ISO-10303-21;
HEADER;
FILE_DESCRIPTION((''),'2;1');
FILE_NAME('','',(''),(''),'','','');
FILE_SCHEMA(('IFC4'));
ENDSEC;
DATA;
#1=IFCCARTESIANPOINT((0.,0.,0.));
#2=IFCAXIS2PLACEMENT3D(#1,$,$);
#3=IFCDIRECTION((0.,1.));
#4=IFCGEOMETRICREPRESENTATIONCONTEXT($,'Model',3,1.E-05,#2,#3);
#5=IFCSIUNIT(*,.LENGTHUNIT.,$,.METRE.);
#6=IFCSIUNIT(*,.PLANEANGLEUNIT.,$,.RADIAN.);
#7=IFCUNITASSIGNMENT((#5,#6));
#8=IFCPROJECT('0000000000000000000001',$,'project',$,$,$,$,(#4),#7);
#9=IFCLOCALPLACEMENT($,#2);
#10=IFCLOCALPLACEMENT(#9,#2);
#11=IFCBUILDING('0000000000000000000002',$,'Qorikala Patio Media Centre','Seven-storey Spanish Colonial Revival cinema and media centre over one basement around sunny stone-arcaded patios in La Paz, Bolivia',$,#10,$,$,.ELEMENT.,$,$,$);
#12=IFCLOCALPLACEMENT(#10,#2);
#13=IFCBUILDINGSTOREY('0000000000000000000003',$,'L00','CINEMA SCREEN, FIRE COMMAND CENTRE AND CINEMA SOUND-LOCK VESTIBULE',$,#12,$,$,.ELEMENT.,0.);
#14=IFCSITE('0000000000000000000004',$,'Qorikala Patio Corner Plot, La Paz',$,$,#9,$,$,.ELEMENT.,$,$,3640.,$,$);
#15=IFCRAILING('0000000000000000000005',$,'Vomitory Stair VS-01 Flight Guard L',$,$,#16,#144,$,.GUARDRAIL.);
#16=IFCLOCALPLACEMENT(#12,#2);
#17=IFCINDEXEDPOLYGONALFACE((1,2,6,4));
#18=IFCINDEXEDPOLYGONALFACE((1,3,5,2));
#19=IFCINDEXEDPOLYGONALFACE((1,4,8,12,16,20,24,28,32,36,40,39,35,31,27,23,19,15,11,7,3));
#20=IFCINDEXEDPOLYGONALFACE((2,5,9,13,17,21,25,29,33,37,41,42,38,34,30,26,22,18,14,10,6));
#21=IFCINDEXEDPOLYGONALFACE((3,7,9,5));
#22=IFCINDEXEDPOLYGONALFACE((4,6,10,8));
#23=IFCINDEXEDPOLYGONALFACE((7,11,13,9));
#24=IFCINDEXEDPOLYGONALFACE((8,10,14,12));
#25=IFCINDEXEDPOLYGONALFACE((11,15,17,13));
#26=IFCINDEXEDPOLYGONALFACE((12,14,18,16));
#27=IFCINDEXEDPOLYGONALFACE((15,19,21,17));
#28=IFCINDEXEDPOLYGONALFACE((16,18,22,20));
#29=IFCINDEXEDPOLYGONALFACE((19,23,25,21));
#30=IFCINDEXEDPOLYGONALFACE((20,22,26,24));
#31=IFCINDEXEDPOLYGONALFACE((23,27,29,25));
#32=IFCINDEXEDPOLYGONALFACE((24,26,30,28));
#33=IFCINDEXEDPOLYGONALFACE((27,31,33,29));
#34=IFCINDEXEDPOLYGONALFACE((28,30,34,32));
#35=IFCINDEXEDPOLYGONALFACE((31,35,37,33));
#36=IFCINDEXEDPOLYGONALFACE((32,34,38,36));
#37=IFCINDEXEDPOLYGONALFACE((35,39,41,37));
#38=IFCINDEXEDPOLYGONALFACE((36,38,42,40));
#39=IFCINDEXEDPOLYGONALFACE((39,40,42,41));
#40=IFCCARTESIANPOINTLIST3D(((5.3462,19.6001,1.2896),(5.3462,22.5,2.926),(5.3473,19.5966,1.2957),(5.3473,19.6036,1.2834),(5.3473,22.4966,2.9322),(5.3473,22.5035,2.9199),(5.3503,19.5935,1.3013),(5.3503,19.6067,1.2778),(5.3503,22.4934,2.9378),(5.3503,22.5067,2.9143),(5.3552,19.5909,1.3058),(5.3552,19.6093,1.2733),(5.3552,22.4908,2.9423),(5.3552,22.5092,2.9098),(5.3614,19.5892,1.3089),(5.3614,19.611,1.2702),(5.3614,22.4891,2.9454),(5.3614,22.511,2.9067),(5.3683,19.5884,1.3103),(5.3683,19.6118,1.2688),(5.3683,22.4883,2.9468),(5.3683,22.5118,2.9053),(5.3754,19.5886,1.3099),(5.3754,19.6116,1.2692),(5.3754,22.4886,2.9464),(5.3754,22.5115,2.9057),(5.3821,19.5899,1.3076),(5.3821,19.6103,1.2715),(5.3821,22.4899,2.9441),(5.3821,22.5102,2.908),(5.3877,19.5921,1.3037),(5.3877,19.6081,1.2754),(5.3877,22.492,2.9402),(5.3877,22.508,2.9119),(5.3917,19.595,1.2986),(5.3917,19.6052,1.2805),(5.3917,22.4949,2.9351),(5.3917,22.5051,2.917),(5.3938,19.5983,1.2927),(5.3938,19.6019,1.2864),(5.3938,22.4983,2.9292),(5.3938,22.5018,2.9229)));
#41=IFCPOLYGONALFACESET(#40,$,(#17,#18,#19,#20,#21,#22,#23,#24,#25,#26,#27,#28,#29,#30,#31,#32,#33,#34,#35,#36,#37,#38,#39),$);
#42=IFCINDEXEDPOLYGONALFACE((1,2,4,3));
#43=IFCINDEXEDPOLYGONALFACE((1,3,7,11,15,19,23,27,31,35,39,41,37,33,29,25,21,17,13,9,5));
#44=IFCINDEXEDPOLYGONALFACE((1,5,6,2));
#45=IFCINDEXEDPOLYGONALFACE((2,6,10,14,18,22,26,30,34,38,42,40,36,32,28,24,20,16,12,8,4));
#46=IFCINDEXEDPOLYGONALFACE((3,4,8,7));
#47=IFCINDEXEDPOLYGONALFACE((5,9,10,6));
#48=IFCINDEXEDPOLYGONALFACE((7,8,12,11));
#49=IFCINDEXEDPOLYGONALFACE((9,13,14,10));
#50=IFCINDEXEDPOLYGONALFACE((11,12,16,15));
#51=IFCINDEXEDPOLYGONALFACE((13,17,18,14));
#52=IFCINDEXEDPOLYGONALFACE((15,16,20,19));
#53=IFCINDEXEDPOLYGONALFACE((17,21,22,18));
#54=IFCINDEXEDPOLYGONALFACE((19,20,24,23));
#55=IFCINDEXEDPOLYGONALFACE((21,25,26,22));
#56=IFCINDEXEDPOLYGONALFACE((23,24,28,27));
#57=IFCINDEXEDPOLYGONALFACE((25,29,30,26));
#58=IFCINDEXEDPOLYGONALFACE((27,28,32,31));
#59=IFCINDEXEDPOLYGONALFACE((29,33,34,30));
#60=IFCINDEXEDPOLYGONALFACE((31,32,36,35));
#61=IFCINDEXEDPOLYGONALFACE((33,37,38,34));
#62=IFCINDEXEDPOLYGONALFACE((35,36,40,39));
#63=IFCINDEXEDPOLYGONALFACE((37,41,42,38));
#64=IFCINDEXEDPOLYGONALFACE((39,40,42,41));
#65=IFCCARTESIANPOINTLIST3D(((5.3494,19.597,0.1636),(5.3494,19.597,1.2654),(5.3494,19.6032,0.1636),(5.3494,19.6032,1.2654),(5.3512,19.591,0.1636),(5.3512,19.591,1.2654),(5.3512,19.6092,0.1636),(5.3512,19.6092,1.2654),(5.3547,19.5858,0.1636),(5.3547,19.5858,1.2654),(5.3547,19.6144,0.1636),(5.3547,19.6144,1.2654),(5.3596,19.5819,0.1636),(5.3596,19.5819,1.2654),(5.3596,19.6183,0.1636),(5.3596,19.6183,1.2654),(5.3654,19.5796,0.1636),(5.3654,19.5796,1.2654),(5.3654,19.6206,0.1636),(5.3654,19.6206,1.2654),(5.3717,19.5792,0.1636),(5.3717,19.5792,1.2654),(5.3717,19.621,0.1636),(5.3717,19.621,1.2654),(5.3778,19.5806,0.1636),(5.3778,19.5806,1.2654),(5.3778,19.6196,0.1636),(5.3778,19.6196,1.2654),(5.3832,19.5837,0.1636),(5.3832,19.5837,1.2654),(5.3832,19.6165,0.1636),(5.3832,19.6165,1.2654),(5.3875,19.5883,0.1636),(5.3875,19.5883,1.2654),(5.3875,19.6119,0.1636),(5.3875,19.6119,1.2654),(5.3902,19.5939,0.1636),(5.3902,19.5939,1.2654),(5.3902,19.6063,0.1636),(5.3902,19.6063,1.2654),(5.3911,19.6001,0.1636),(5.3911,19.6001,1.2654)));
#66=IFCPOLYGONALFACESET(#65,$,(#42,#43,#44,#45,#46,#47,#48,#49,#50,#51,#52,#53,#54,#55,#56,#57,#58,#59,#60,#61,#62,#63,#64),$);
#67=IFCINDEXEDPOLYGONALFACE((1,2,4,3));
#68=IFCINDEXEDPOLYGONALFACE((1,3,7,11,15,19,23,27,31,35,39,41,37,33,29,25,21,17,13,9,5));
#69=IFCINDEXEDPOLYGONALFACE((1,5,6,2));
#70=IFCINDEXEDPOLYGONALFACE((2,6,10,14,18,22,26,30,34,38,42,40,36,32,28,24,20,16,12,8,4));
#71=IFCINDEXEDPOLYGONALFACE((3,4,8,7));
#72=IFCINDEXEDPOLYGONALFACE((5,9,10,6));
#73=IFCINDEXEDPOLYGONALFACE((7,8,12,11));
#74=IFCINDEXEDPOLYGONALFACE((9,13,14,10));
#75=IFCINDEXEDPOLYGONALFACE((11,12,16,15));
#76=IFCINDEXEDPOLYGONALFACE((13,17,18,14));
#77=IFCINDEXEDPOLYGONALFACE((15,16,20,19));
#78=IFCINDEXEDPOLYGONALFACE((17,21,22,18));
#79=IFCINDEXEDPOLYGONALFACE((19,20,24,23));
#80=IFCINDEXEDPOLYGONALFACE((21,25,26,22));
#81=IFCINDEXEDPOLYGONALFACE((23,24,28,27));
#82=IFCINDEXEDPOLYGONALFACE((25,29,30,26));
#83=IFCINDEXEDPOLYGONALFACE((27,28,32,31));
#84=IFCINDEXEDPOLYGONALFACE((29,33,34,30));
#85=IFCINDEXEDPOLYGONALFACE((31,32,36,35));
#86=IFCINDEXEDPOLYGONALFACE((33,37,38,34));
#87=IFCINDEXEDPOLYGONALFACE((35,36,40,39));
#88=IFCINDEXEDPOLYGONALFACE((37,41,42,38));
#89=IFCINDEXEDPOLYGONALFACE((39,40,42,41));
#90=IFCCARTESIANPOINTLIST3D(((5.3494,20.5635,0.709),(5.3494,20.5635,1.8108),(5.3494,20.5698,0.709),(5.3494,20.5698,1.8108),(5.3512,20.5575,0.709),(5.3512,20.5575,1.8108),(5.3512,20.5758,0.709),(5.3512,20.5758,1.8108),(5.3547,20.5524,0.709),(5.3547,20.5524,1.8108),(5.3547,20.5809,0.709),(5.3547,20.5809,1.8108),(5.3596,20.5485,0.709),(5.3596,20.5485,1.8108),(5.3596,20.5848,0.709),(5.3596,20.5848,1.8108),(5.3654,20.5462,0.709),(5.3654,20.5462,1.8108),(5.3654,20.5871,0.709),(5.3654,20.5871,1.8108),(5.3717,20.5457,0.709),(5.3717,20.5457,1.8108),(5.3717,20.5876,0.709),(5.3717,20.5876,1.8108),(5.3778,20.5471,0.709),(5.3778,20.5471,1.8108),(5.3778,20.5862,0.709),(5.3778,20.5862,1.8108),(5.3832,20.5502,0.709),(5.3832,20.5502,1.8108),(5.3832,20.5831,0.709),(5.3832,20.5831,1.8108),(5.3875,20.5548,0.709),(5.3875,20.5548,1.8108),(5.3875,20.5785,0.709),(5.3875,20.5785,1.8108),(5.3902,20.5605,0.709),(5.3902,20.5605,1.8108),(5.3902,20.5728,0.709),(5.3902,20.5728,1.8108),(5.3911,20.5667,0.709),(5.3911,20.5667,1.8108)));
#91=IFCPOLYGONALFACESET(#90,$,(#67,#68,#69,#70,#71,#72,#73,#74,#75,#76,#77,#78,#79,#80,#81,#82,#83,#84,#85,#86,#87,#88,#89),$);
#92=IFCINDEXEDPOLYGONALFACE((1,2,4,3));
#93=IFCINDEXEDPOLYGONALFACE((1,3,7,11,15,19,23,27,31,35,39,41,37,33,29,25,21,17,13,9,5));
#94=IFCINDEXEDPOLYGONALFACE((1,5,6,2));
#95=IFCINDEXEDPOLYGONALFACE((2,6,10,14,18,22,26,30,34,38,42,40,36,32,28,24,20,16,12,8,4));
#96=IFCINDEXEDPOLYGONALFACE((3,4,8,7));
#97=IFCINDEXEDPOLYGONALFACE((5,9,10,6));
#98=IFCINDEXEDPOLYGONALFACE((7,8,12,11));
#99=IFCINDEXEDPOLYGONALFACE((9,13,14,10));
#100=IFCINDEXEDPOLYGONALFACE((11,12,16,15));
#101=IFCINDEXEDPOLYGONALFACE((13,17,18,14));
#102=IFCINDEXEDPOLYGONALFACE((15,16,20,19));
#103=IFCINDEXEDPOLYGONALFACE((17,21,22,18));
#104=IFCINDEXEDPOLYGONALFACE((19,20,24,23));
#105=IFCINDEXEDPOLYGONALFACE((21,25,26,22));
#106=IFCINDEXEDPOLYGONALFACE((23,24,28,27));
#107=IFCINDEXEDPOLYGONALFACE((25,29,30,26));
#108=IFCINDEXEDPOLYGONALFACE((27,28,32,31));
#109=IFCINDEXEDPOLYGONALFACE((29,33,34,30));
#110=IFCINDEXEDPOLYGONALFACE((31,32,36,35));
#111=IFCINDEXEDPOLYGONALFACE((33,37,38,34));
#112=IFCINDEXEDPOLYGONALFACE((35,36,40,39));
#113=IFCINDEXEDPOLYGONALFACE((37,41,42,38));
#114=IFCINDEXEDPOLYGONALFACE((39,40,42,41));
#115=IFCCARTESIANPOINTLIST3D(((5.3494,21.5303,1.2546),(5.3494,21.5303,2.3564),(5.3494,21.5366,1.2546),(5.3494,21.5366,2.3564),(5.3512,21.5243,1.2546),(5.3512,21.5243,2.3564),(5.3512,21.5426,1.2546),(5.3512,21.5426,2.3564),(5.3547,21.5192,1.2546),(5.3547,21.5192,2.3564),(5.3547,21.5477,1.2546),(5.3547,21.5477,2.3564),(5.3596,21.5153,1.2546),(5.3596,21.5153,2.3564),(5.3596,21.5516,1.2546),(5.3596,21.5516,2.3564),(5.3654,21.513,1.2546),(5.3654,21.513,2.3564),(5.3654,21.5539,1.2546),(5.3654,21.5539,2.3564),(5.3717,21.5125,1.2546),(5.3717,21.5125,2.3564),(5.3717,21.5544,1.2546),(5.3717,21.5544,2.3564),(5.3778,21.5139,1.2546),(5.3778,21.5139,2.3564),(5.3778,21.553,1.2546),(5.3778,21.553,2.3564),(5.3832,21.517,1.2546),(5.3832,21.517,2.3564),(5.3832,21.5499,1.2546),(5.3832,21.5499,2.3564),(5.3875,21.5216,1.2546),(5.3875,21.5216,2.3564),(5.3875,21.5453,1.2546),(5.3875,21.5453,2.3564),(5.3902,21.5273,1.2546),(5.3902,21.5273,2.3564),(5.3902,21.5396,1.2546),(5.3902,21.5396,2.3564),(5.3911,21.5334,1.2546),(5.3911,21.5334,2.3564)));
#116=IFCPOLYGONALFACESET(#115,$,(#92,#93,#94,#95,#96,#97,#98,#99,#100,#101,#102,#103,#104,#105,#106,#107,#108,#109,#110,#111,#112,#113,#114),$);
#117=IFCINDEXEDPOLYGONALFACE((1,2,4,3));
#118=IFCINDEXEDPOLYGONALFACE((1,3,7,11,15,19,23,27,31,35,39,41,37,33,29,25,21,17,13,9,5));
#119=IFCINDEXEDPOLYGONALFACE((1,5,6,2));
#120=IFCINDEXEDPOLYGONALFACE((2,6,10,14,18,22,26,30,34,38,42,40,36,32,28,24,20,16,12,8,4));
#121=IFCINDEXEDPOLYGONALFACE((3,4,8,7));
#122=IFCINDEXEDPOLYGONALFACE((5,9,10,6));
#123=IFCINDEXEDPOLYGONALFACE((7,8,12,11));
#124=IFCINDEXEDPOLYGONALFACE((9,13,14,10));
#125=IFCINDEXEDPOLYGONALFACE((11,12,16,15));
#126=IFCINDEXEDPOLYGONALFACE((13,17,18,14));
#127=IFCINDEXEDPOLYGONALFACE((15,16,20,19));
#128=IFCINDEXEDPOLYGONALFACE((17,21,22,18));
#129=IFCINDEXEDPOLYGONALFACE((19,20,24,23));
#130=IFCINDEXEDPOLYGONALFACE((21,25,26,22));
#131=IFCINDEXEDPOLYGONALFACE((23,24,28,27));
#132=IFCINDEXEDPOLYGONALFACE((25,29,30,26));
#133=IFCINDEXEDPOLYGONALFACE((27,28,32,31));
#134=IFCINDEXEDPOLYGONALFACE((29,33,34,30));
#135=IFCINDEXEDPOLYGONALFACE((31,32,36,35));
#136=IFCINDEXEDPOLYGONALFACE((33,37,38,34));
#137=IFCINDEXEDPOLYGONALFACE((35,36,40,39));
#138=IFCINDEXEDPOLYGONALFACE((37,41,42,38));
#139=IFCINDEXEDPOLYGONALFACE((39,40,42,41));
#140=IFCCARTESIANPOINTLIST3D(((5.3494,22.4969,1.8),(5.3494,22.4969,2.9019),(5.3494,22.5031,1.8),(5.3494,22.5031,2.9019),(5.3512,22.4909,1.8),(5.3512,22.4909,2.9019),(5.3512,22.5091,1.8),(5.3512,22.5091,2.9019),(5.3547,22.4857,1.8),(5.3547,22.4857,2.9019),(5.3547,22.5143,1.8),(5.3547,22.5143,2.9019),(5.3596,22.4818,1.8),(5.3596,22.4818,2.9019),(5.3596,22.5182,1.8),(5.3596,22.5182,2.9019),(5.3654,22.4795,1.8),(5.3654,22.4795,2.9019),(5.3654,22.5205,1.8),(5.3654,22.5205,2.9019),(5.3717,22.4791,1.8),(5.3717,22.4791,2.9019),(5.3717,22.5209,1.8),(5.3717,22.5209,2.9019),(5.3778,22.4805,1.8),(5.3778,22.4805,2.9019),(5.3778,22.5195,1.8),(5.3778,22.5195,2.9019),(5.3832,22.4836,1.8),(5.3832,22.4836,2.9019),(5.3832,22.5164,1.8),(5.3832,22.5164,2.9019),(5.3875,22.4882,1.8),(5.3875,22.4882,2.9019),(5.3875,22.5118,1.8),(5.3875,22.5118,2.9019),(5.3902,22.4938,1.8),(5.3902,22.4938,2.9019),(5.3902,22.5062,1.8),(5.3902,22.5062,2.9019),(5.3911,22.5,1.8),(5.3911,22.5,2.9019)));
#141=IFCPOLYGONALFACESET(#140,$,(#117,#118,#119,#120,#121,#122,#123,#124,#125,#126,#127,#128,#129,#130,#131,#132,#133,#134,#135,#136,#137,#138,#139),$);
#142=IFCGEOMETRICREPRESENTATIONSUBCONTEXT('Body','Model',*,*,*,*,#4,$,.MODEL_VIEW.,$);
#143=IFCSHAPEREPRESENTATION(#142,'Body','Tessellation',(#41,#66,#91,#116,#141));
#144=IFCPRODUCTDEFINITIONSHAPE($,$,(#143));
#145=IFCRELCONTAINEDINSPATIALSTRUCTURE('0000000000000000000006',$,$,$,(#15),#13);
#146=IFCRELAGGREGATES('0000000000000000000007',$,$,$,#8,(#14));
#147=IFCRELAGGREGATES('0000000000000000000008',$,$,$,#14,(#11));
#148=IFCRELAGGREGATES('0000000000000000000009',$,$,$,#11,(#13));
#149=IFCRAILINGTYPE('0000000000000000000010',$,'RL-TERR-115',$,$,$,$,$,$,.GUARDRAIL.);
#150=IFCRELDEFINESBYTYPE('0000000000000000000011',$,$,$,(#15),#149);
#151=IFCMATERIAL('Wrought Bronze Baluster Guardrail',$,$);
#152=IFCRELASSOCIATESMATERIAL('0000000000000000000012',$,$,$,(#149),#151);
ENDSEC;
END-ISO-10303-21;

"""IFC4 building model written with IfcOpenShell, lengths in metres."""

from ifc_helpers import new_model, si_unit, direction, frame, origin, origin_2d, place, context, subcontext, project, spatial, circle, extrude, material, type_object, element, save


model = new_model("IFC4")

# Units and contexts
model_context = context("Model", 3, precision=1e-05, world=origin(), true_north=direction((0.0, 1.0)))
body_context = subcontext(model_context, "Body", "Model", "MODEL_VIEW")
ifc_project = project(units=[si_unit("LENGTHUNIT", "METRE"), si_unit("PLANEANGLEUNIT", "RADIAN")], contexts=[model_context])

# Site, building, storey
site_placement = place(None, origin())
site = spatial("IfcSite", under=ifc_project, at=site_placement, Name="Qorikala Patio Corner Plot, La Paz", CompositionType="ELEMENT", RefElevation=3640.0)
building_placement = place(site_placement, origin())
building = spatial("IfcBuilding", under=site, at=building_placement, Name="Qorikala Patio Media Centre", Description="Seven-storey Spanish Colonial Revival cinema and media centre over one basement around sunny stone-arcaded patios in La Paz, Bolivia", CompositionType="ELEMENT")
storey_placement = place(building_placement, origin())
storey = spatial("IfcBuildingStorey", under=building, at=storey_placement, Name="L00", Description="CINEMA SCREEN, FIRE COMMAND CENTRE AND CINEMA SOUND-LOCK VESTIBULE", CompositionType="ELEMENT", Elevation=0.0)

# Railing
ifc_material_1 = material(Name="Wrought Bronze Baluster Guardrail")
railing_type = type_object("IfcRailingType", Name="RL-TERR-115", PredefinedType="GUARDRAIL", material=ifc_material_1)
railing_1_placement = place(storey_placement, frame((5.3701, 19.6001, 0.1636)))
element("IfcRailing", 1, at=railing_1_placement, inside=storey, type_object=railing_type, Name="Vomitory Stair VS-01 Flight Guard L", PredefinedType="GUARDRAIL", context=body_context, shape_type="SweptSolid", body=[
    extrude(circle(Radius=0.0239, at=origin_2d()), frame((0.0, 0.0, 1.126), z_axis=(0.0, 0.870897, 0.491465), x_axis=(-1.0, 0.0, 0.0)), (0.0, 0.0, 1.0), 3.3298),
    extrude(circle(Radius=0.021, at=origin_2d()), origin(), (0.0, 0.0, 1.0), 1.1018),
    extrude(circle(Radius=0.021, at=origin_2d()), frame((0.0, 0.9666, 0.5454)), (0.0, 0.0, 1.0), 1.1018),
    extrude(circle(Radius=0.021, at=origin_2d()), frame((0.0, 1.9333, 1.0911)), (0.0, 0.0, 1.0), 1.1018),
    extrude(circle(Radius=0.021, at=origin_2d()), frame((0.0, 2.8999, 1.6365)), (0.0, 0.0, 1.0), 1.1018),
])

save(model, "model.ifc")
